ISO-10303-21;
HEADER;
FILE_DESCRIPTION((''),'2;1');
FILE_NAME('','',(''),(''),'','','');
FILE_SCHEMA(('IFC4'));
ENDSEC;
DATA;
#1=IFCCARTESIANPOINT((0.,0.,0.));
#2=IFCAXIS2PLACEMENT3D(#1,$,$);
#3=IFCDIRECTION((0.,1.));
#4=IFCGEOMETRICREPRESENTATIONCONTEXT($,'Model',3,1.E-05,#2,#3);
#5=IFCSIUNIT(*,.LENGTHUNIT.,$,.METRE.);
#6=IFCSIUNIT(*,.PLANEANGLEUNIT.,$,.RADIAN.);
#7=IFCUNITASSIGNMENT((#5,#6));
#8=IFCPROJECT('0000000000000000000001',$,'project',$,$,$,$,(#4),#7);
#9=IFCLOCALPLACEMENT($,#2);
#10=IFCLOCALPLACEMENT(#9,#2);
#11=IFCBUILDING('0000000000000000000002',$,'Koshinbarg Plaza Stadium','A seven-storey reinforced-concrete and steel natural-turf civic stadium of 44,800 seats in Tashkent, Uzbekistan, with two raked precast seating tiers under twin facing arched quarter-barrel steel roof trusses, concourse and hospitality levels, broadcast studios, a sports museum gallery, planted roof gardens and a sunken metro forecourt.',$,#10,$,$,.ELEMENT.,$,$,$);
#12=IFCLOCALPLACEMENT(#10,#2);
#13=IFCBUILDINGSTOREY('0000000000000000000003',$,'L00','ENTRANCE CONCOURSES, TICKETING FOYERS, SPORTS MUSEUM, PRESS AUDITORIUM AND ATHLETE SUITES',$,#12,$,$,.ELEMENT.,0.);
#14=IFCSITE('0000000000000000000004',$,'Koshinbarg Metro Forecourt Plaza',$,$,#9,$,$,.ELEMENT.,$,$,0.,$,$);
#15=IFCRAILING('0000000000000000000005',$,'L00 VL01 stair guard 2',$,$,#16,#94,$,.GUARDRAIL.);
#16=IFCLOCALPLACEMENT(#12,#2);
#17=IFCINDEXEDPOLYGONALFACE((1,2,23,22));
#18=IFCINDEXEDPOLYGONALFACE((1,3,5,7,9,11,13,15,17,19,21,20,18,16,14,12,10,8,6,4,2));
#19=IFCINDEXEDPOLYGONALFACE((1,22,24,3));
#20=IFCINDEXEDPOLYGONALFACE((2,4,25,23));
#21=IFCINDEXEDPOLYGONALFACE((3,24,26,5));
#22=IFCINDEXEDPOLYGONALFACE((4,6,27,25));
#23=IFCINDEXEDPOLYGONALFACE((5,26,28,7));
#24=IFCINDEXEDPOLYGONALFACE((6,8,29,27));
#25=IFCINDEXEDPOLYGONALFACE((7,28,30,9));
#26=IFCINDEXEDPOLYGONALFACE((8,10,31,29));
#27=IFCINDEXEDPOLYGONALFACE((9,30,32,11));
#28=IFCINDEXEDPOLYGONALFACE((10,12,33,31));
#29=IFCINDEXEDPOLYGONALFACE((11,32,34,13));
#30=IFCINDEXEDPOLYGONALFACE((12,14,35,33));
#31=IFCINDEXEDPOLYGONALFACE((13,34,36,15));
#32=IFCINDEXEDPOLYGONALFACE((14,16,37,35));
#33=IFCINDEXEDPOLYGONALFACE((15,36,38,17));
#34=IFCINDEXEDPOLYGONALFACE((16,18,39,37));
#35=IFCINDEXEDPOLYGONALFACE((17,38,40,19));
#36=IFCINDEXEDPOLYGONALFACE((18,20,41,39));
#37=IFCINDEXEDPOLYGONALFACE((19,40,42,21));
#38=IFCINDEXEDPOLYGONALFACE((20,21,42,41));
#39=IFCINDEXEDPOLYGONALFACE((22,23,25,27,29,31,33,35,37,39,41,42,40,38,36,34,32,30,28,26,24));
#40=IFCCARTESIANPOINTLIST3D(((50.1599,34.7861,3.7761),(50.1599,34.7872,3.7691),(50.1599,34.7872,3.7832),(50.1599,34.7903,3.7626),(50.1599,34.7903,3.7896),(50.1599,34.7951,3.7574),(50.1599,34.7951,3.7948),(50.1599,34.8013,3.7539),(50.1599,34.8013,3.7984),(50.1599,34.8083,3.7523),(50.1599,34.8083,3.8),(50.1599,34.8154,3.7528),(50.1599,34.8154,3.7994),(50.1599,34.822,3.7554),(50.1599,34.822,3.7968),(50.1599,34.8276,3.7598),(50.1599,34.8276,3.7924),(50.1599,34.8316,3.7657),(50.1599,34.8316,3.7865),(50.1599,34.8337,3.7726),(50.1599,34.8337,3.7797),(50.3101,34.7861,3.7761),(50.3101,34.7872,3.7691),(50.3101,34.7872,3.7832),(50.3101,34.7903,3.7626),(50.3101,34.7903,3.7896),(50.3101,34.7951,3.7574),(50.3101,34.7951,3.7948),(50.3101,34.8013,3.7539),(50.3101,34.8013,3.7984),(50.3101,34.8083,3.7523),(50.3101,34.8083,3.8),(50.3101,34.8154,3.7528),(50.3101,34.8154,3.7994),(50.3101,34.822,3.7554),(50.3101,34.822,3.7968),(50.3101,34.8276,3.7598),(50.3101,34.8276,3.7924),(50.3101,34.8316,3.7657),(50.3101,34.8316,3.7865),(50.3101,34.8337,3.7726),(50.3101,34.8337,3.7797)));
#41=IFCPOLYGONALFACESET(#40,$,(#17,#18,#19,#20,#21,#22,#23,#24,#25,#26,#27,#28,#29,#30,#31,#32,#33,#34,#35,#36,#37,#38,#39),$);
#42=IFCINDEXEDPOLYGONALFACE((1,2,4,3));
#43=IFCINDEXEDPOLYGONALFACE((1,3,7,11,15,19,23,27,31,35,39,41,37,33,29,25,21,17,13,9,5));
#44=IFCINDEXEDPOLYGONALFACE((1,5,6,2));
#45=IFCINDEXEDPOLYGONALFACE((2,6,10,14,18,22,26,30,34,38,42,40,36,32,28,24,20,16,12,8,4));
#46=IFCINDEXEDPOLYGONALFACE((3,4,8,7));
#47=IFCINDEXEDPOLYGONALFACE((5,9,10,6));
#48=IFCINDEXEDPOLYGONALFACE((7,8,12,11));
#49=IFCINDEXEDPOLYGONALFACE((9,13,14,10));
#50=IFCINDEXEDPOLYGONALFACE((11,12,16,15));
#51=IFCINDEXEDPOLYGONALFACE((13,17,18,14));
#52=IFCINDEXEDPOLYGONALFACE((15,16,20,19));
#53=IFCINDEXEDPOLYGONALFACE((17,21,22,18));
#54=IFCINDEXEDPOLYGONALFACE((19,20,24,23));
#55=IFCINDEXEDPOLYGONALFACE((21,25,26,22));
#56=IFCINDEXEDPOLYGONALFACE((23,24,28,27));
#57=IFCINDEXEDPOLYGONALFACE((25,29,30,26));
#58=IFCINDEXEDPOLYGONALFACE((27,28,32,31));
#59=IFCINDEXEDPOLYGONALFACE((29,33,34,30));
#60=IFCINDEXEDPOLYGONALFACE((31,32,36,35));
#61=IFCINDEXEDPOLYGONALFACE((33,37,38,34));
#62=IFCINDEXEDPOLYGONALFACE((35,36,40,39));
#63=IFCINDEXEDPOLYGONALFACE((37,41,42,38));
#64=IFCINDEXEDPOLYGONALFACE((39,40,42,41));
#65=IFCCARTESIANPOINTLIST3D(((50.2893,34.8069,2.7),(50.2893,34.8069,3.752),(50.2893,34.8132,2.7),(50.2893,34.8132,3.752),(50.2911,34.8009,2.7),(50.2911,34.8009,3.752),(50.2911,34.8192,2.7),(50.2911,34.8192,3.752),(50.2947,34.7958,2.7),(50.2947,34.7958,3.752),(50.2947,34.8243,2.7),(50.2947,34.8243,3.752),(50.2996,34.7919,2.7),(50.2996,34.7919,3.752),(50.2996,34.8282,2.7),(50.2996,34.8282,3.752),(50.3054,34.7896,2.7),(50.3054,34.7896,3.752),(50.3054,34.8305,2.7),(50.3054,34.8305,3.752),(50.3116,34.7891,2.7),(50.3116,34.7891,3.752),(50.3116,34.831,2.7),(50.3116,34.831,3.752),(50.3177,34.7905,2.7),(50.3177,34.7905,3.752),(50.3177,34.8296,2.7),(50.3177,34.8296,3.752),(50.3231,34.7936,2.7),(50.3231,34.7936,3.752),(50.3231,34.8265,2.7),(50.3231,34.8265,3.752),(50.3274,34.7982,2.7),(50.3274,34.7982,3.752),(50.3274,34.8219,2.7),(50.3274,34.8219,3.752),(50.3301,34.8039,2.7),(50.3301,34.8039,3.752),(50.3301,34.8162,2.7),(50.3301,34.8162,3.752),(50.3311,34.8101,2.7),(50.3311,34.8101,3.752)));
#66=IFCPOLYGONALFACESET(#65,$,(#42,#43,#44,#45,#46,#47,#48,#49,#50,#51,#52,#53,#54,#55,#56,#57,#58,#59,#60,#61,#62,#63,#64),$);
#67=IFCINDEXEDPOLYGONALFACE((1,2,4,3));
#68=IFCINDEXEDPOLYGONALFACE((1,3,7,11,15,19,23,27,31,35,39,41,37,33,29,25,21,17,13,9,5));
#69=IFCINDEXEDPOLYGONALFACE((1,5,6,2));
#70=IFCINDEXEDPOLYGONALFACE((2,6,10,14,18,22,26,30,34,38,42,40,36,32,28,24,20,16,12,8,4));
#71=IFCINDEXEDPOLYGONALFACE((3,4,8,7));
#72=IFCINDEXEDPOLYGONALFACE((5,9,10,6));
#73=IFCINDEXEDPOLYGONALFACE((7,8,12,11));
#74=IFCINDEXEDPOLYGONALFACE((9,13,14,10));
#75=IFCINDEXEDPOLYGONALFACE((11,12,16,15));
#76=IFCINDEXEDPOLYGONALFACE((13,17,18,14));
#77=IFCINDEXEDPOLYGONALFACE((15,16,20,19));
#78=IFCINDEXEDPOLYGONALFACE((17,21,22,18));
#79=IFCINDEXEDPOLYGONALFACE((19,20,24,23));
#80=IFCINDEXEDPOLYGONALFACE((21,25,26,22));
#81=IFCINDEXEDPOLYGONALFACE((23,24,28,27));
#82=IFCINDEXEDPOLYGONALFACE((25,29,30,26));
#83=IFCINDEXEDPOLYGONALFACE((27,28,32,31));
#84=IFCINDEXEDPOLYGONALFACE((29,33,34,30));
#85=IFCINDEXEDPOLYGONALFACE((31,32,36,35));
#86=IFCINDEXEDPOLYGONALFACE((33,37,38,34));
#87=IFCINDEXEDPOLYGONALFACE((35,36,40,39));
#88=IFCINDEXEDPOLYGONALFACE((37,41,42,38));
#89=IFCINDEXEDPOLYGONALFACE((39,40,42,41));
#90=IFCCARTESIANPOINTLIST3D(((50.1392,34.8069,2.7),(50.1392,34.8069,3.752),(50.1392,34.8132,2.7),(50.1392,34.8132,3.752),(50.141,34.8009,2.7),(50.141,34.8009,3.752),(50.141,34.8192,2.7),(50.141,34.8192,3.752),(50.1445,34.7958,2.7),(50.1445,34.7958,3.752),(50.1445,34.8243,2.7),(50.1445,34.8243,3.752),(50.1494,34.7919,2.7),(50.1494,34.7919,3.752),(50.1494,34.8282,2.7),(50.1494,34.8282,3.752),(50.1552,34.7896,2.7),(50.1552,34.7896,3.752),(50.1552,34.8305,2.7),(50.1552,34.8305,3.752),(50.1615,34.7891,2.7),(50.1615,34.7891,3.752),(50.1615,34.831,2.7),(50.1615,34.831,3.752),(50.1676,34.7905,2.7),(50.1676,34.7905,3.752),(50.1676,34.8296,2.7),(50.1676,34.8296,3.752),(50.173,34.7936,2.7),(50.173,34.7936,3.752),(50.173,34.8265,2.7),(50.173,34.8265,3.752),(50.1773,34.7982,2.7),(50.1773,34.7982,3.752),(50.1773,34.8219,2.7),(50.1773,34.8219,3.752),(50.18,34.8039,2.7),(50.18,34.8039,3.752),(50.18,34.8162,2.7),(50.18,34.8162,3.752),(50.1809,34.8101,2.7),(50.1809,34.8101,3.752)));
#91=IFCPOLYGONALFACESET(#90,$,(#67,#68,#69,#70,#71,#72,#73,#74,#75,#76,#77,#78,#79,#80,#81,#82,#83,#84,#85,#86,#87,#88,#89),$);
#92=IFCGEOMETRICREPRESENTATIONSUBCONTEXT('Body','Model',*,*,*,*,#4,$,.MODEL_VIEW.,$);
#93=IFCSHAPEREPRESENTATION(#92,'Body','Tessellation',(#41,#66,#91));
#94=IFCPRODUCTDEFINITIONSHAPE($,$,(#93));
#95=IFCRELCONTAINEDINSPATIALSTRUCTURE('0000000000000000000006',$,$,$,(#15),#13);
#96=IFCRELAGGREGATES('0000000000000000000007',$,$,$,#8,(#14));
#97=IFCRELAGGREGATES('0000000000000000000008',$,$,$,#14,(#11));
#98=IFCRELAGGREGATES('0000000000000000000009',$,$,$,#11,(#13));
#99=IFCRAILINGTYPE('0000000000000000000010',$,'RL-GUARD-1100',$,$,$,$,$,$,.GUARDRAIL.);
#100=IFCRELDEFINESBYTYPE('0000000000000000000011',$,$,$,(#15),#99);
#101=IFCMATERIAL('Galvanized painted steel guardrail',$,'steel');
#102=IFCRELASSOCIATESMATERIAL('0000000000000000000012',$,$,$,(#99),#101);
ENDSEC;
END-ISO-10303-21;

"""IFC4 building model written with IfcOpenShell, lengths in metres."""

from ifc_helpers import new_model, si_unit, direction, frame, origin, origin_2d, place, context, subcontext, project, spatial, circle, extrude, material, type_object, element, save


model = new_model("IFC4")

# Units and contexts
model_context = context("Model", 3, precision=1e-05, world=origin(), true_north=direction((0.0, 1.0)))
body_context = subcontext(model_context, "Body", "Model", "MODEL_VIEW")
ifc_project = project(units=[si_unit("LENGTHUNIT", "METRE"), si_unit("PLANEANGLEUNIT", "RADIAN")], contexts=[model_context])

# Site, building, storey
site_placement = place(None, origin())
site = spatial("IfcSite", under=ifc_project, at=site_placement, Name="Koshinbarg Metro Forecourt Plaza", CompositionType="ELEMENT", RefElevation=0.0)
building_placement = place(site_placement, origin())
building = spatial("IfcBuilding", under=site, at=building_placement, Name="Koshinbarg Plaza Stadium", Description="A seven-storey reinforced-concrete and steel natural-turf civic stadium of 44,800 seats in Tashkent, Uzbekistan, with two raked precast seating tiers under twin facing arched quarter-barrel steel roof trusses, concourse and hospitality levels, broadcast studios, a sports museum gallery, planted roof gardens and a sunken metro forecourt.", CompositionType="ELEMENT")
storey_placement = place(building_placement, origin())
storey = spatial("IfcBuildingStorey", under=building, at=storey_placement, Name="L00", Description="ENTRANCE CONCOURSES, TICKETING FOYERS, SPORTS MUSEUM, PRESS AUDITORIUM AND ATHLETE SUITES", CompositionType="ELEMENT", Elevation=0.0)

# Railing
ifc_material_1 = material(Name="Galvanized painted steel guardrail", Category="steel")
railing_type_1 = type_object("IfcRailingType", Name="RL-GUARD-1100", PredefinedType="GUARDRAIL", material=ifc_material_1)
railing_1_placement = place(storey_placement, frame((50.3101, 34.8101, 2.7)))
element("IfcRailing", 1, at=railing_1_placement, inside=storey, type_object=railing_type_1, Name="L00 VL01 stair guard 2", PredefinedType="GUARDRAIL", context=body_context, shape_type="SweptSolid", body=[
    extrude(circle(Radius=0.0239, at=origin_2d()), frame((0.0, 0.0, 1.0762), z_axis=(-1.0, 0.0, 0.0), x_axis=(0.0, -1.0, 0.0)), (0.0, 0.0, 1.0), 0.1501),
    extrude(circle(Radius=0.021, at=origin_2d()), origin(), (0.0, 0.0, 1.0), 1.052),
    extrude(circle(Radius=0.021, at=origin_2d()), frame((-0.1501, 0.0, 0.0)), (0.0, 0.0, 1.0), 1.052),
])

save(model, "model.ifc")
